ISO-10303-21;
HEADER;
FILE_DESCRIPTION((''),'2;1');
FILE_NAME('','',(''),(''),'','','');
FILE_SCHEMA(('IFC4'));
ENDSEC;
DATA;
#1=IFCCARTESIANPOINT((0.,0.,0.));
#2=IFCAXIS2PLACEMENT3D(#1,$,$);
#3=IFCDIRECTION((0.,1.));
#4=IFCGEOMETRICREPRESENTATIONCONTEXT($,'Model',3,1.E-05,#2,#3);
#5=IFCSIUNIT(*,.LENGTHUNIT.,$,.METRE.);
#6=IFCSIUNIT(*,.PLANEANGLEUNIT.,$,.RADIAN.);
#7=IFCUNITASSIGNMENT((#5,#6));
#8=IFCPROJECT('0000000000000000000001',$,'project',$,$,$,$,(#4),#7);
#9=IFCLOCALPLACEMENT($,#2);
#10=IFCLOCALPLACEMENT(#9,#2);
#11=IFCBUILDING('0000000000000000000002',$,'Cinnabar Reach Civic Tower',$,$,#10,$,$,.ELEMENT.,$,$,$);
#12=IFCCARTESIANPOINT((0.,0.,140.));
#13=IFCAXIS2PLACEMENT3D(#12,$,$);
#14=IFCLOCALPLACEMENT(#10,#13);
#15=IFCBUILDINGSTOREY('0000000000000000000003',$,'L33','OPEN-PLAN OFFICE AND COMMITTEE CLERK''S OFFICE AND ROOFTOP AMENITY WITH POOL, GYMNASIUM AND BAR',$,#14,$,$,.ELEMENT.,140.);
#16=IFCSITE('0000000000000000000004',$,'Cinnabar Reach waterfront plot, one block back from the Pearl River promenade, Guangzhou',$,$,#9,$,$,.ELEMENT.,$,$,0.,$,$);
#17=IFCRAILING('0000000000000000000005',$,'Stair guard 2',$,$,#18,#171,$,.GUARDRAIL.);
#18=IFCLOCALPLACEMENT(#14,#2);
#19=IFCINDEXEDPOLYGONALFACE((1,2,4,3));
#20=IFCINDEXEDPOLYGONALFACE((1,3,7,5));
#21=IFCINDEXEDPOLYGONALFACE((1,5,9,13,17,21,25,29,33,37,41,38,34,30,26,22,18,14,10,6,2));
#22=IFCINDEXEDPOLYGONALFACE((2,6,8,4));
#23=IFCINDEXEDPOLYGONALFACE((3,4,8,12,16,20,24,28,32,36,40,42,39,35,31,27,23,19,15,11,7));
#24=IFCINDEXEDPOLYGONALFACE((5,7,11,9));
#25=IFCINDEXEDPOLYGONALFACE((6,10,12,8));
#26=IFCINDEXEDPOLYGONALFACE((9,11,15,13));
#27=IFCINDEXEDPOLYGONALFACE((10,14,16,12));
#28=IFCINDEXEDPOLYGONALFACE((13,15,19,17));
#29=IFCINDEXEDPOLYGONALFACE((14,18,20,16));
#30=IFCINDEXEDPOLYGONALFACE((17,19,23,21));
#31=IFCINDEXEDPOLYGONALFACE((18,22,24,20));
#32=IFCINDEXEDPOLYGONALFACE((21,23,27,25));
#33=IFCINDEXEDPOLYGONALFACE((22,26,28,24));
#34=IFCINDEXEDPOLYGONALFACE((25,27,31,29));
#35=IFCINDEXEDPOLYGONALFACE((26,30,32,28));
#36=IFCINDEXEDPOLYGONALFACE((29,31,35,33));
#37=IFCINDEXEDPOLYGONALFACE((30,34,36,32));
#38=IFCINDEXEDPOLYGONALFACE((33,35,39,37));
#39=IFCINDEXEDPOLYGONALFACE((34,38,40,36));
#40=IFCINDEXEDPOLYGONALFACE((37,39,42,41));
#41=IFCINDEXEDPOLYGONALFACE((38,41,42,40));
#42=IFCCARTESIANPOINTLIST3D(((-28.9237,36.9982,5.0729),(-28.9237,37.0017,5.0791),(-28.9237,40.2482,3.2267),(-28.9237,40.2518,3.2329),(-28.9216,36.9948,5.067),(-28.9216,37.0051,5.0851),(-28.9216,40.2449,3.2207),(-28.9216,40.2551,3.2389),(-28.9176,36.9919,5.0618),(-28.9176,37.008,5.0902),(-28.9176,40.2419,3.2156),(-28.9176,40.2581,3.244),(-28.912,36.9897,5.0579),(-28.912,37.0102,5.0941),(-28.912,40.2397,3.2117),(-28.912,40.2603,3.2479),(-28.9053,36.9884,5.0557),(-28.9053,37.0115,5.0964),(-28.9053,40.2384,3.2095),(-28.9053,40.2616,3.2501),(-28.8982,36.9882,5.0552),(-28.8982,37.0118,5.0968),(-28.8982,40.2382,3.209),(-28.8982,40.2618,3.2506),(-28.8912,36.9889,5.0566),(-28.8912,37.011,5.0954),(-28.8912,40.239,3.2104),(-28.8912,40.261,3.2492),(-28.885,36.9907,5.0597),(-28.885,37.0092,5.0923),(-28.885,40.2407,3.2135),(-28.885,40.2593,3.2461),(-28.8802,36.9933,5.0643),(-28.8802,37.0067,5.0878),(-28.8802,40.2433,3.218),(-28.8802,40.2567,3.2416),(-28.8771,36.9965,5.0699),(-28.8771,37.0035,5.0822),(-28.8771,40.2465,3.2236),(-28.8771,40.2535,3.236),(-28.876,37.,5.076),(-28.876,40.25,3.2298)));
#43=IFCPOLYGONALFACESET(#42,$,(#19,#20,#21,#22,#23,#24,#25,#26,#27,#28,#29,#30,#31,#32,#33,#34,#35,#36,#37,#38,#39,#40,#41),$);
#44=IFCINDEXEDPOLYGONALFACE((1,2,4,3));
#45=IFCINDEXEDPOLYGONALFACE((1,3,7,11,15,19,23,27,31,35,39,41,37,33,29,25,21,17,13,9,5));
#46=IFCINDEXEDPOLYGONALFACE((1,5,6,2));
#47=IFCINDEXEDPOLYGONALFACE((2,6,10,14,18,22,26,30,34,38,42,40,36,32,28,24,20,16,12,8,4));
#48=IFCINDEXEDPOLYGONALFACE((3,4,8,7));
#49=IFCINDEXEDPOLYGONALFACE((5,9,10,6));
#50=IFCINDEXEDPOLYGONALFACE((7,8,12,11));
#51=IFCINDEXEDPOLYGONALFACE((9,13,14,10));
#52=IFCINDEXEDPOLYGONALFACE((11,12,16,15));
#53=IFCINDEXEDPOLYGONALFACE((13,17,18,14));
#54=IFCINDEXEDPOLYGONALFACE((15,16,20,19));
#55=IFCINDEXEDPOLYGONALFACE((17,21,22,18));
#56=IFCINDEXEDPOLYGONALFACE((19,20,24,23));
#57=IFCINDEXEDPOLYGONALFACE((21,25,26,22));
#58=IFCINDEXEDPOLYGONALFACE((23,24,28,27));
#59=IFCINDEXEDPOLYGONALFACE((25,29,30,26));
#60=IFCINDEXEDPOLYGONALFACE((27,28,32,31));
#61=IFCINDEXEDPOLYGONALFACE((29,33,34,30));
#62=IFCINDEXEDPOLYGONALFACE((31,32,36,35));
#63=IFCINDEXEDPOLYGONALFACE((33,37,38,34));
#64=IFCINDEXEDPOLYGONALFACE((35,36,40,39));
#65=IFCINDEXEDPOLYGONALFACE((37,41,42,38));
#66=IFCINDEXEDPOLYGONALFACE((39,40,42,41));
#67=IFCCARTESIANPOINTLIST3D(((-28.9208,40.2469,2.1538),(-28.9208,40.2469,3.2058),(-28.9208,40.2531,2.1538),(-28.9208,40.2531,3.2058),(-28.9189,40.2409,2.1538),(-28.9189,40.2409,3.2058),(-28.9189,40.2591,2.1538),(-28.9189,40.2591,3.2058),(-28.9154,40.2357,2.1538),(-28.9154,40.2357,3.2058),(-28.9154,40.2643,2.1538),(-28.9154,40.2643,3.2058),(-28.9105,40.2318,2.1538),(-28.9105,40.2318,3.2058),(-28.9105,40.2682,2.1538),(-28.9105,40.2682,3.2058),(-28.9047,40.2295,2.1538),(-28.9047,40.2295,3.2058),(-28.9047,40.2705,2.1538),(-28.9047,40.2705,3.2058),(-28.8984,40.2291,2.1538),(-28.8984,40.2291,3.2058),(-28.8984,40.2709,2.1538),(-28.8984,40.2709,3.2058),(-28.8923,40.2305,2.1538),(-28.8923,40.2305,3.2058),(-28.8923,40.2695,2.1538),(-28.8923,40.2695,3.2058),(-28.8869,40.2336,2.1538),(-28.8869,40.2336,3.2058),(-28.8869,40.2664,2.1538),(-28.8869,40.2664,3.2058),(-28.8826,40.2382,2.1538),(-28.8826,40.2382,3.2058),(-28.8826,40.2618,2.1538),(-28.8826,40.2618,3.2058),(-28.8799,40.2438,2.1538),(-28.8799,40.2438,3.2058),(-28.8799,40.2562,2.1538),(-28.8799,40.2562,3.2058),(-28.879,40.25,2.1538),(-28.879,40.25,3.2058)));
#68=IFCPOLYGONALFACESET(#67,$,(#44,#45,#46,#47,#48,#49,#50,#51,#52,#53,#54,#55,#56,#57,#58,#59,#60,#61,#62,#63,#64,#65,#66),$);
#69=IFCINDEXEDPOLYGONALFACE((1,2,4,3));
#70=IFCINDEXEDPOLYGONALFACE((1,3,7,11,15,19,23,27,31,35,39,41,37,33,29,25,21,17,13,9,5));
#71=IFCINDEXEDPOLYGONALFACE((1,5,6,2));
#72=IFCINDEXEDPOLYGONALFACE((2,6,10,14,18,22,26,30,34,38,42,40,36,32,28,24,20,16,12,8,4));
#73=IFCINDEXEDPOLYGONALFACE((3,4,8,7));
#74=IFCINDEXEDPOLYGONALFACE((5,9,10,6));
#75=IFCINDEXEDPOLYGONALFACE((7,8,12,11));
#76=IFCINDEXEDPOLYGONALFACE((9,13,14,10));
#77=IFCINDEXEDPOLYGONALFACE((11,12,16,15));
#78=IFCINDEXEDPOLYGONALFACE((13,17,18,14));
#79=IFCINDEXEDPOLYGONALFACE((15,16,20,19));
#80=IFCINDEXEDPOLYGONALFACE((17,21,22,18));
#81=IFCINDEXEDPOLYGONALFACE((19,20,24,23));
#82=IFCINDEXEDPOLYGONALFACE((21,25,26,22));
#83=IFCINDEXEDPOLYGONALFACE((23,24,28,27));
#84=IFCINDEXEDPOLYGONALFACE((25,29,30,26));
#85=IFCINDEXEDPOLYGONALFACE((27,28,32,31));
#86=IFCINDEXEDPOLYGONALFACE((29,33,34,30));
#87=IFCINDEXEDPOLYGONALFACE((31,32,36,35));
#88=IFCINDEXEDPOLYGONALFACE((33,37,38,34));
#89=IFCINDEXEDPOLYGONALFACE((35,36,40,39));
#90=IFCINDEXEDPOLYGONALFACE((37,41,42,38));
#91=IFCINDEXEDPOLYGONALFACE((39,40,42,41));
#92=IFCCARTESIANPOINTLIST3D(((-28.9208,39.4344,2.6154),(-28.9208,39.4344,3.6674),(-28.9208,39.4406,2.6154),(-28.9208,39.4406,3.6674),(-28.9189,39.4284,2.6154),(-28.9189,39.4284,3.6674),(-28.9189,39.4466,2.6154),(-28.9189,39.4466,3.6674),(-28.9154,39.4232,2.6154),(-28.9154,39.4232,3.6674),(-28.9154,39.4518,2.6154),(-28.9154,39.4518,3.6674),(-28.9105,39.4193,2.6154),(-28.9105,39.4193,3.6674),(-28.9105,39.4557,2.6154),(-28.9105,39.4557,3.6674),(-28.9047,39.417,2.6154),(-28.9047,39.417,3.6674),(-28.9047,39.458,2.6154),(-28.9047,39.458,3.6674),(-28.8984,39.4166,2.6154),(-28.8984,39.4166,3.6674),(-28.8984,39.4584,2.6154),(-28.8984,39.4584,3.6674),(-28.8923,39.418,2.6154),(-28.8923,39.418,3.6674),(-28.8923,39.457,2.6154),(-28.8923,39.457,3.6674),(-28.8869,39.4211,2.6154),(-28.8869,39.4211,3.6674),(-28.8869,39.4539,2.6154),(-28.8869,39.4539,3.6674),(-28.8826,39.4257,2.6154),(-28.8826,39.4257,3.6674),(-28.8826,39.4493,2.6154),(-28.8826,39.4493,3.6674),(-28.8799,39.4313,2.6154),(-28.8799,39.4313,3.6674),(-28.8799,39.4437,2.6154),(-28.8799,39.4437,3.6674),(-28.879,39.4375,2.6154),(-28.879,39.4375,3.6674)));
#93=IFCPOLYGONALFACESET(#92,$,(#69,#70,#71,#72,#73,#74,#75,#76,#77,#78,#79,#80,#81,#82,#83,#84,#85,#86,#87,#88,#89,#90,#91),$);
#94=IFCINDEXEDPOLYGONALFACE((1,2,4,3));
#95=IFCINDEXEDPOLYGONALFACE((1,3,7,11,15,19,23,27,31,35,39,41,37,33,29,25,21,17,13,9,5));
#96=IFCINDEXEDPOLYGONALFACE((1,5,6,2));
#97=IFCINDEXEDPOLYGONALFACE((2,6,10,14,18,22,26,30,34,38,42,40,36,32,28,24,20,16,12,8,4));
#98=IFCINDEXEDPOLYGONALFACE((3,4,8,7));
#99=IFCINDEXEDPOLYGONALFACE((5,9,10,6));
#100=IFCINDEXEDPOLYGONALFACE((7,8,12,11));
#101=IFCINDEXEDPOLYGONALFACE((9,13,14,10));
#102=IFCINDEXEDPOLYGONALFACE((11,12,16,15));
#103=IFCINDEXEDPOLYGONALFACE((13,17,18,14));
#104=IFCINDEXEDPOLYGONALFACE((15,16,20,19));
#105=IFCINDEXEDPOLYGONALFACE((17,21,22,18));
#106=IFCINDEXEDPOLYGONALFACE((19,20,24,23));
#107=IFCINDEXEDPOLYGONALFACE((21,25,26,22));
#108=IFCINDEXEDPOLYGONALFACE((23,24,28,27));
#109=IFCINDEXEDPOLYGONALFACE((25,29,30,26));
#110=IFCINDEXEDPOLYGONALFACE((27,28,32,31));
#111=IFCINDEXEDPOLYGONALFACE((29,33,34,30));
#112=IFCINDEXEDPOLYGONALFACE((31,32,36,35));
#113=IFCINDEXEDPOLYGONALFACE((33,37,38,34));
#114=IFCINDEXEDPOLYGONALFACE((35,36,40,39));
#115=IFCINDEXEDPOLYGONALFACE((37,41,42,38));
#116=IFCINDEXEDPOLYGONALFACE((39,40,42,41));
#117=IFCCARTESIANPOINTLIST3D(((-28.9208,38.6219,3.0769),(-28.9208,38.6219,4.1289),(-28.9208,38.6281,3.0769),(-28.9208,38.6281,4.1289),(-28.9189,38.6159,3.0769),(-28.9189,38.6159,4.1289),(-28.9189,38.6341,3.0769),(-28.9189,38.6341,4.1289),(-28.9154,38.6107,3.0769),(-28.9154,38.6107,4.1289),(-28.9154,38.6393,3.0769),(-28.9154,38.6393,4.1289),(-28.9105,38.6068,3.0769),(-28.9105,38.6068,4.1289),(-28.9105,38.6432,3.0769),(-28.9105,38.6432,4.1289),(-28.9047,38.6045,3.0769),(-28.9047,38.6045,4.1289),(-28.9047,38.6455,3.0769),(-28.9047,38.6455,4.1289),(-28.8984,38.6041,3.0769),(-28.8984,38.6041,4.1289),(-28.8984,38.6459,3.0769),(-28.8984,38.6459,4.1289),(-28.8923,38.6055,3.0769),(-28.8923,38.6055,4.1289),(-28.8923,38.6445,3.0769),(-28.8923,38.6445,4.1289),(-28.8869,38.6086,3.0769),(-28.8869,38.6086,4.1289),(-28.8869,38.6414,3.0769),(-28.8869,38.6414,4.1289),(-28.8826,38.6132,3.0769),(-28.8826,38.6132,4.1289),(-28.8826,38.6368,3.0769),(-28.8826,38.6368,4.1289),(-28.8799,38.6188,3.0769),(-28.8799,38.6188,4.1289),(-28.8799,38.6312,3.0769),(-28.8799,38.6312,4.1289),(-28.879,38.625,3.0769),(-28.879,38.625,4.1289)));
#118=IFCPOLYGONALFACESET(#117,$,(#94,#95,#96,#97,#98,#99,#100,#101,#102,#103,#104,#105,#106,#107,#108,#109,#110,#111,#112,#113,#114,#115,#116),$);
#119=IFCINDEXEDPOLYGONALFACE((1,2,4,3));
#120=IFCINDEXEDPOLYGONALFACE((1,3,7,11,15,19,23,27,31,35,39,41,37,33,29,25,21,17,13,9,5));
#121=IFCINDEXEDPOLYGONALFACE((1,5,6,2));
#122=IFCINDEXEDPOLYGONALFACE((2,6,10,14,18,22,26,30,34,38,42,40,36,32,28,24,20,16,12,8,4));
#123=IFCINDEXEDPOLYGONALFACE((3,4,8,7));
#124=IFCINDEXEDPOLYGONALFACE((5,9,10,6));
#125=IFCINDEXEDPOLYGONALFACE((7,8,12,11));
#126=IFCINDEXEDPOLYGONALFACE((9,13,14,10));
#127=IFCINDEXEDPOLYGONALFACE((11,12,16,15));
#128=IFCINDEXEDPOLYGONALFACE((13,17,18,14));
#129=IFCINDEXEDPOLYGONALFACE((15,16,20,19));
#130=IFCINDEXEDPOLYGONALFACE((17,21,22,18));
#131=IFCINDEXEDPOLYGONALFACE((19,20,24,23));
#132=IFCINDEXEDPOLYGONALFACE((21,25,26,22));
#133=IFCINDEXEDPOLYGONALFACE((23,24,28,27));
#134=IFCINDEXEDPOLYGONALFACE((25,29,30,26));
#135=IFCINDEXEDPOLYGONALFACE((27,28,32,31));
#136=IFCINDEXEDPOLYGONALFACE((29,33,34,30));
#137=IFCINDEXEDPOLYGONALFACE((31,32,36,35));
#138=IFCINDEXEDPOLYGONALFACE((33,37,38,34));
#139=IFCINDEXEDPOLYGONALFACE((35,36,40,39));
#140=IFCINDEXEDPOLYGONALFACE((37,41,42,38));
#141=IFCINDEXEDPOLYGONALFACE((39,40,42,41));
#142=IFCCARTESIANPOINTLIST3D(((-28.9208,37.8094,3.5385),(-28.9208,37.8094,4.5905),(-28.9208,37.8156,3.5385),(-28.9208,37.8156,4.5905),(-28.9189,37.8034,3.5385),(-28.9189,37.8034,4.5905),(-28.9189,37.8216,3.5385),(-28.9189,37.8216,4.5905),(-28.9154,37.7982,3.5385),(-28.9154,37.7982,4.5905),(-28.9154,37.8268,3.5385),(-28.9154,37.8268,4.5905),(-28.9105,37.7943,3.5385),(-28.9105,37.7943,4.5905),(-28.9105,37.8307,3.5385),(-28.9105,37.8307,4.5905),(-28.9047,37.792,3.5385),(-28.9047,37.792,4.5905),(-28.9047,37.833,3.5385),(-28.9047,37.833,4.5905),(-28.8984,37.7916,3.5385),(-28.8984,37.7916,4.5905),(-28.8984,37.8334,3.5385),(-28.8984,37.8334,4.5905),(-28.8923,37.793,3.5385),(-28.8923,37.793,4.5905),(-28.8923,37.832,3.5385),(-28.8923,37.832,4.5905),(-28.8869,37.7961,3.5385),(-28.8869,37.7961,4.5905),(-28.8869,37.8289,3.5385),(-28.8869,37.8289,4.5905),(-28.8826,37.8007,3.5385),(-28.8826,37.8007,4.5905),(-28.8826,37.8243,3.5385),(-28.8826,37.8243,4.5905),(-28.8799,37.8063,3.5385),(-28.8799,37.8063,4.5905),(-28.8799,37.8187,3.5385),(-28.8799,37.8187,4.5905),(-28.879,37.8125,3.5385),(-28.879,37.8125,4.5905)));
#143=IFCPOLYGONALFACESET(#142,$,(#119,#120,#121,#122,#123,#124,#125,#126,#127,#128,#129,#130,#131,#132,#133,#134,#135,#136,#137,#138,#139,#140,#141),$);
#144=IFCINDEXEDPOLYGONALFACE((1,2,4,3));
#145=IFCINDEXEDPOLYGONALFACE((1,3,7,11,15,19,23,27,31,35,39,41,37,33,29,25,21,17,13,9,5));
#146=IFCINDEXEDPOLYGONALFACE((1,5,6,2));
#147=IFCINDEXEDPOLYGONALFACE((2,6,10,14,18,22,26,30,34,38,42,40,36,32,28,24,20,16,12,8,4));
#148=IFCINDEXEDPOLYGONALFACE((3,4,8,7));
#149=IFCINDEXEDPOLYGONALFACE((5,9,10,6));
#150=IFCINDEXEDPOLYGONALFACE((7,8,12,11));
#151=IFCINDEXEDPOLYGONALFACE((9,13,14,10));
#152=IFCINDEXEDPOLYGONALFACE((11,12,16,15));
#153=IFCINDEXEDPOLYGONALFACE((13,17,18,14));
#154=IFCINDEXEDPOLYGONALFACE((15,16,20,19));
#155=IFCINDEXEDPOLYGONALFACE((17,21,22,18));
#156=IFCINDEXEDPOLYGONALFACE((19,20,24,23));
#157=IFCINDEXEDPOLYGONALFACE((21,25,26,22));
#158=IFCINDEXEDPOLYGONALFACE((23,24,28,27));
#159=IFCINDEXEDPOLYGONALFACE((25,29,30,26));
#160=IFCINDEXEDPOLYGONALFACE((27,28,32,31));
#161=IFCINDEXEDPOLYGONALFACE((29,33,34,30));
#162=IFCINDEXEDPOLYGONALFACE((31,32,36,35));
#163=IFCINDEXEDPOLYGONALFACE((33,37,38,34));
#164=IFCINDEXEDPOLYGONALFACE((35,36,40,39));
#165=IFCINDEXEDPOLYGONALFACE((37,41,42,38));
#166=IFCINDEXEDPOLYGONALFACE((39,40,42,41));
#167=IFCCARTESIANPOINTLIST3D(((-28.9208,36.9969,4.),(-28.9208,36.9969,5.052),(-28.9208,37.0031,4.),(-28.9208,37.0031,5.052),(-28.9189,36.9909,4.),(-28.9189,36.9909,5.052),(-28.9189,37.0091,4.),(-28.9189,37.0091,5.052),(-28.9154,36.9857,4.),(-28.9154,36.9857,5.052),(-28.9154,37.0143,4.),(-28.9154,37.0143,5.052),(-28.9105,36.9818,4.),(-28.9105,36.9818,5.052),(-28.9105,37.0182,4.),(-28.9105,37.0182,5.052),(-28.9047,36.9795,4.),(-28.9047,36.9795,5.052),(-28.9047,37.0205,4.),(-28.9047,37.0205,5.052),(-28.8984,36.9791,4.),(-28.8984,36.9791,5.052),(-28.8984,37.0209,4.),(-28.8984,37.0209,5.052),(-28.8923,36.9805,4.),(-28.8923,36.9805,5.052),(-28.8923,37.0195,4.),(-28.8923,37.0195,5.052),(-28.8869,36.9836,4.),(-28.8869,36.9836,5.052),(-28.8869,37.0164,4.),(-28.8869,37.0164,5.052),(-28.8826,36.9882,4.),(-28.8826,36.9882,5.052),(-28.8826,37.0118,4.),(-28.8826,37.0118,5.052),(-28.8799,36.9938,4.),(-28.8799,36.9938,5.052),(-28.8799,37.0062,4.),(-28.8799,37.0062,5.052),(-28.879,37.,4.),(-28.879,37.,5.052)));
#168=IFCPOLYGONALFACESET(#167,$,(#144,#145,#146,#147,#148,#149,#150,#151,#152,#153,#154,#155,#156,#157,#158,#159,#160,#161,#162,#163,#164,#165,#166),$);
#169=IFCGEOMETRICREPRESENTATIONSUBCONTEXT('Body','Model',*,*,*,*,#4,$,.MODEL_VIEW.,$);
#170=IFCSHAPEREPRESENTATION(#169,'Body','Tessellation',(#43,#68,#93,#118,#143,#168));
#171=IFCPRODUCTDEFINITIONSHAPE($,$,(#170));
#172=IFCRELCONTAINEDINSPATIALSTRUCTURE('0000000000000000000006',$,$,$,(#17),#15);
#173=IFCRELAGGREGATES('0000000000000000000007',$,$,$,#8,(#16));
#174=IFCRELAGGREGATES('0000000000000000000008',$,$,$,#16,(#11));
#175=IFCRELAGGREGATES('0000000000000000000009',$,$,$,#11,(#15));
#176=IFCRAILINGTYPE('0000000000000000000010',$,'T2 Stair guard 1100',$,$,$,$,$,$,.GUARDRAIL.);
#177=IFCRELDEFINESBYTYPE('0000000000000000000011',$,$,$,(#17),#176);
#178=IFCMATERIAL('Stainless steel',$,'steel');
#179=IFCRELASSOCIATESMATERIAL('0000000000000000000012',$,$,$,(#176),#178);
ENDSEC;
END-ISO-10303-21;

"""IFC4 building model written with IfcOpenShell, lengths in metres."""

from ifc_helpers import new_model, si_unit, direction, frame, origin, origin_2d, place, context, subcontext, project, spatial, circle, extrude, material, type_object, element, save


model = new_model("IFC4")

# Units and contexts
model_context = context("Model", 3, precision=1e-05, world=origin(), true_north=direction((0.0, 1.0)))
body_context = subcontext(model_context, "Body", "Model", "MODEL_VIEW")
ifc_project = project(units=[si_unit("LENGTHUNIT", "METRE"), si_unit("PLANEANGLEUNIT", "RADIAN")], contexts=[model_context])

# Site, building, storey
site_placement = place(None, origin())
site = spatial("IfcSite", under=ifc_project, at=site_placement, Name="Cinnabar Reach waterfront plot, one block back from the Pearl River promenade, Guangzhou", CompositionType="ELEMENT", RefElevation=0.0)
building_placement = place(site_placement, origin())
building = spatial("IfcBuilding", under=site, at=building_placement, Name="Cinnabar Reach Civic Tower", CompositionType="ELEMENT")
storey_placement = place(building_placement, frame((0.0, 0.0, 140.0)))
storey = spatial("IfcBuildingStorey", under=building, at=storey_placement, Name="L33", Description="OPEN-PLAN OFFICE AND COMMITTEE CLERK'S OFFICE AND ROOFTOP AMENITY WITH POOL, GYMNASIUM AND BAR", CompositionType="ELEMENT", Elevation=140.0)

# Railing
ifc_material_1 = material(Name="Stainless steel", Category="steel")
railing_type = type_object("IfcRailingType", Name="T2 Stair guard 1100", PredefinedType="GUARDRAIL", material=ifc_material_1)
railing_1_placement = place(storey_placement, frame((-28.9, 40.25, 2.1538)))
element("IfcRailing", 1, at=railing_1_placement, inside=storey, type_object=railing_type, Name="Stair guard 2", PredefinedType="GUARDRAIL", context=body_context, shape_type="SweptSolid", body=[
    extrude(circle(Radius=0.024, at=origin_2d()), frame((0.0, 0.0, 1.076), z_axis=(0.0, -0.869501, 0.49393), x_axis=(1.0, 0.0, 0.0)), (0.0, 0.0, 1.0), 3.7378),
    extrude(circle(Radius=0.021, at=origin_2d()), origin(), (0.0, 0.0, 1.0), 1.052),
    extrude(circle(Radius=0.021, at=origin_2d()), frame((0.0, -0.8125, 0.4616)), (0.0, 0.0, 1.0), 1.052),
    extrude(circle(Radius=0.021, at=origin_2d()), frame((0.0, -1.625, 0.9231)), (0.0, 0.0, 1.0), 1.052),
    extrude(circle(Radius=0.021, at=origin_2d()), frame((0.0, -2.4375, 1.3847)), (0.0, 0.0, 1.0), 1.052),
    extrude(circle(Radius=0.021, at=origin_2d()), frame((0.0, -3.25, 1.8462)), (0.0, 0.0, 1.0), 1.052),
])

save(model, "model.ifc")
